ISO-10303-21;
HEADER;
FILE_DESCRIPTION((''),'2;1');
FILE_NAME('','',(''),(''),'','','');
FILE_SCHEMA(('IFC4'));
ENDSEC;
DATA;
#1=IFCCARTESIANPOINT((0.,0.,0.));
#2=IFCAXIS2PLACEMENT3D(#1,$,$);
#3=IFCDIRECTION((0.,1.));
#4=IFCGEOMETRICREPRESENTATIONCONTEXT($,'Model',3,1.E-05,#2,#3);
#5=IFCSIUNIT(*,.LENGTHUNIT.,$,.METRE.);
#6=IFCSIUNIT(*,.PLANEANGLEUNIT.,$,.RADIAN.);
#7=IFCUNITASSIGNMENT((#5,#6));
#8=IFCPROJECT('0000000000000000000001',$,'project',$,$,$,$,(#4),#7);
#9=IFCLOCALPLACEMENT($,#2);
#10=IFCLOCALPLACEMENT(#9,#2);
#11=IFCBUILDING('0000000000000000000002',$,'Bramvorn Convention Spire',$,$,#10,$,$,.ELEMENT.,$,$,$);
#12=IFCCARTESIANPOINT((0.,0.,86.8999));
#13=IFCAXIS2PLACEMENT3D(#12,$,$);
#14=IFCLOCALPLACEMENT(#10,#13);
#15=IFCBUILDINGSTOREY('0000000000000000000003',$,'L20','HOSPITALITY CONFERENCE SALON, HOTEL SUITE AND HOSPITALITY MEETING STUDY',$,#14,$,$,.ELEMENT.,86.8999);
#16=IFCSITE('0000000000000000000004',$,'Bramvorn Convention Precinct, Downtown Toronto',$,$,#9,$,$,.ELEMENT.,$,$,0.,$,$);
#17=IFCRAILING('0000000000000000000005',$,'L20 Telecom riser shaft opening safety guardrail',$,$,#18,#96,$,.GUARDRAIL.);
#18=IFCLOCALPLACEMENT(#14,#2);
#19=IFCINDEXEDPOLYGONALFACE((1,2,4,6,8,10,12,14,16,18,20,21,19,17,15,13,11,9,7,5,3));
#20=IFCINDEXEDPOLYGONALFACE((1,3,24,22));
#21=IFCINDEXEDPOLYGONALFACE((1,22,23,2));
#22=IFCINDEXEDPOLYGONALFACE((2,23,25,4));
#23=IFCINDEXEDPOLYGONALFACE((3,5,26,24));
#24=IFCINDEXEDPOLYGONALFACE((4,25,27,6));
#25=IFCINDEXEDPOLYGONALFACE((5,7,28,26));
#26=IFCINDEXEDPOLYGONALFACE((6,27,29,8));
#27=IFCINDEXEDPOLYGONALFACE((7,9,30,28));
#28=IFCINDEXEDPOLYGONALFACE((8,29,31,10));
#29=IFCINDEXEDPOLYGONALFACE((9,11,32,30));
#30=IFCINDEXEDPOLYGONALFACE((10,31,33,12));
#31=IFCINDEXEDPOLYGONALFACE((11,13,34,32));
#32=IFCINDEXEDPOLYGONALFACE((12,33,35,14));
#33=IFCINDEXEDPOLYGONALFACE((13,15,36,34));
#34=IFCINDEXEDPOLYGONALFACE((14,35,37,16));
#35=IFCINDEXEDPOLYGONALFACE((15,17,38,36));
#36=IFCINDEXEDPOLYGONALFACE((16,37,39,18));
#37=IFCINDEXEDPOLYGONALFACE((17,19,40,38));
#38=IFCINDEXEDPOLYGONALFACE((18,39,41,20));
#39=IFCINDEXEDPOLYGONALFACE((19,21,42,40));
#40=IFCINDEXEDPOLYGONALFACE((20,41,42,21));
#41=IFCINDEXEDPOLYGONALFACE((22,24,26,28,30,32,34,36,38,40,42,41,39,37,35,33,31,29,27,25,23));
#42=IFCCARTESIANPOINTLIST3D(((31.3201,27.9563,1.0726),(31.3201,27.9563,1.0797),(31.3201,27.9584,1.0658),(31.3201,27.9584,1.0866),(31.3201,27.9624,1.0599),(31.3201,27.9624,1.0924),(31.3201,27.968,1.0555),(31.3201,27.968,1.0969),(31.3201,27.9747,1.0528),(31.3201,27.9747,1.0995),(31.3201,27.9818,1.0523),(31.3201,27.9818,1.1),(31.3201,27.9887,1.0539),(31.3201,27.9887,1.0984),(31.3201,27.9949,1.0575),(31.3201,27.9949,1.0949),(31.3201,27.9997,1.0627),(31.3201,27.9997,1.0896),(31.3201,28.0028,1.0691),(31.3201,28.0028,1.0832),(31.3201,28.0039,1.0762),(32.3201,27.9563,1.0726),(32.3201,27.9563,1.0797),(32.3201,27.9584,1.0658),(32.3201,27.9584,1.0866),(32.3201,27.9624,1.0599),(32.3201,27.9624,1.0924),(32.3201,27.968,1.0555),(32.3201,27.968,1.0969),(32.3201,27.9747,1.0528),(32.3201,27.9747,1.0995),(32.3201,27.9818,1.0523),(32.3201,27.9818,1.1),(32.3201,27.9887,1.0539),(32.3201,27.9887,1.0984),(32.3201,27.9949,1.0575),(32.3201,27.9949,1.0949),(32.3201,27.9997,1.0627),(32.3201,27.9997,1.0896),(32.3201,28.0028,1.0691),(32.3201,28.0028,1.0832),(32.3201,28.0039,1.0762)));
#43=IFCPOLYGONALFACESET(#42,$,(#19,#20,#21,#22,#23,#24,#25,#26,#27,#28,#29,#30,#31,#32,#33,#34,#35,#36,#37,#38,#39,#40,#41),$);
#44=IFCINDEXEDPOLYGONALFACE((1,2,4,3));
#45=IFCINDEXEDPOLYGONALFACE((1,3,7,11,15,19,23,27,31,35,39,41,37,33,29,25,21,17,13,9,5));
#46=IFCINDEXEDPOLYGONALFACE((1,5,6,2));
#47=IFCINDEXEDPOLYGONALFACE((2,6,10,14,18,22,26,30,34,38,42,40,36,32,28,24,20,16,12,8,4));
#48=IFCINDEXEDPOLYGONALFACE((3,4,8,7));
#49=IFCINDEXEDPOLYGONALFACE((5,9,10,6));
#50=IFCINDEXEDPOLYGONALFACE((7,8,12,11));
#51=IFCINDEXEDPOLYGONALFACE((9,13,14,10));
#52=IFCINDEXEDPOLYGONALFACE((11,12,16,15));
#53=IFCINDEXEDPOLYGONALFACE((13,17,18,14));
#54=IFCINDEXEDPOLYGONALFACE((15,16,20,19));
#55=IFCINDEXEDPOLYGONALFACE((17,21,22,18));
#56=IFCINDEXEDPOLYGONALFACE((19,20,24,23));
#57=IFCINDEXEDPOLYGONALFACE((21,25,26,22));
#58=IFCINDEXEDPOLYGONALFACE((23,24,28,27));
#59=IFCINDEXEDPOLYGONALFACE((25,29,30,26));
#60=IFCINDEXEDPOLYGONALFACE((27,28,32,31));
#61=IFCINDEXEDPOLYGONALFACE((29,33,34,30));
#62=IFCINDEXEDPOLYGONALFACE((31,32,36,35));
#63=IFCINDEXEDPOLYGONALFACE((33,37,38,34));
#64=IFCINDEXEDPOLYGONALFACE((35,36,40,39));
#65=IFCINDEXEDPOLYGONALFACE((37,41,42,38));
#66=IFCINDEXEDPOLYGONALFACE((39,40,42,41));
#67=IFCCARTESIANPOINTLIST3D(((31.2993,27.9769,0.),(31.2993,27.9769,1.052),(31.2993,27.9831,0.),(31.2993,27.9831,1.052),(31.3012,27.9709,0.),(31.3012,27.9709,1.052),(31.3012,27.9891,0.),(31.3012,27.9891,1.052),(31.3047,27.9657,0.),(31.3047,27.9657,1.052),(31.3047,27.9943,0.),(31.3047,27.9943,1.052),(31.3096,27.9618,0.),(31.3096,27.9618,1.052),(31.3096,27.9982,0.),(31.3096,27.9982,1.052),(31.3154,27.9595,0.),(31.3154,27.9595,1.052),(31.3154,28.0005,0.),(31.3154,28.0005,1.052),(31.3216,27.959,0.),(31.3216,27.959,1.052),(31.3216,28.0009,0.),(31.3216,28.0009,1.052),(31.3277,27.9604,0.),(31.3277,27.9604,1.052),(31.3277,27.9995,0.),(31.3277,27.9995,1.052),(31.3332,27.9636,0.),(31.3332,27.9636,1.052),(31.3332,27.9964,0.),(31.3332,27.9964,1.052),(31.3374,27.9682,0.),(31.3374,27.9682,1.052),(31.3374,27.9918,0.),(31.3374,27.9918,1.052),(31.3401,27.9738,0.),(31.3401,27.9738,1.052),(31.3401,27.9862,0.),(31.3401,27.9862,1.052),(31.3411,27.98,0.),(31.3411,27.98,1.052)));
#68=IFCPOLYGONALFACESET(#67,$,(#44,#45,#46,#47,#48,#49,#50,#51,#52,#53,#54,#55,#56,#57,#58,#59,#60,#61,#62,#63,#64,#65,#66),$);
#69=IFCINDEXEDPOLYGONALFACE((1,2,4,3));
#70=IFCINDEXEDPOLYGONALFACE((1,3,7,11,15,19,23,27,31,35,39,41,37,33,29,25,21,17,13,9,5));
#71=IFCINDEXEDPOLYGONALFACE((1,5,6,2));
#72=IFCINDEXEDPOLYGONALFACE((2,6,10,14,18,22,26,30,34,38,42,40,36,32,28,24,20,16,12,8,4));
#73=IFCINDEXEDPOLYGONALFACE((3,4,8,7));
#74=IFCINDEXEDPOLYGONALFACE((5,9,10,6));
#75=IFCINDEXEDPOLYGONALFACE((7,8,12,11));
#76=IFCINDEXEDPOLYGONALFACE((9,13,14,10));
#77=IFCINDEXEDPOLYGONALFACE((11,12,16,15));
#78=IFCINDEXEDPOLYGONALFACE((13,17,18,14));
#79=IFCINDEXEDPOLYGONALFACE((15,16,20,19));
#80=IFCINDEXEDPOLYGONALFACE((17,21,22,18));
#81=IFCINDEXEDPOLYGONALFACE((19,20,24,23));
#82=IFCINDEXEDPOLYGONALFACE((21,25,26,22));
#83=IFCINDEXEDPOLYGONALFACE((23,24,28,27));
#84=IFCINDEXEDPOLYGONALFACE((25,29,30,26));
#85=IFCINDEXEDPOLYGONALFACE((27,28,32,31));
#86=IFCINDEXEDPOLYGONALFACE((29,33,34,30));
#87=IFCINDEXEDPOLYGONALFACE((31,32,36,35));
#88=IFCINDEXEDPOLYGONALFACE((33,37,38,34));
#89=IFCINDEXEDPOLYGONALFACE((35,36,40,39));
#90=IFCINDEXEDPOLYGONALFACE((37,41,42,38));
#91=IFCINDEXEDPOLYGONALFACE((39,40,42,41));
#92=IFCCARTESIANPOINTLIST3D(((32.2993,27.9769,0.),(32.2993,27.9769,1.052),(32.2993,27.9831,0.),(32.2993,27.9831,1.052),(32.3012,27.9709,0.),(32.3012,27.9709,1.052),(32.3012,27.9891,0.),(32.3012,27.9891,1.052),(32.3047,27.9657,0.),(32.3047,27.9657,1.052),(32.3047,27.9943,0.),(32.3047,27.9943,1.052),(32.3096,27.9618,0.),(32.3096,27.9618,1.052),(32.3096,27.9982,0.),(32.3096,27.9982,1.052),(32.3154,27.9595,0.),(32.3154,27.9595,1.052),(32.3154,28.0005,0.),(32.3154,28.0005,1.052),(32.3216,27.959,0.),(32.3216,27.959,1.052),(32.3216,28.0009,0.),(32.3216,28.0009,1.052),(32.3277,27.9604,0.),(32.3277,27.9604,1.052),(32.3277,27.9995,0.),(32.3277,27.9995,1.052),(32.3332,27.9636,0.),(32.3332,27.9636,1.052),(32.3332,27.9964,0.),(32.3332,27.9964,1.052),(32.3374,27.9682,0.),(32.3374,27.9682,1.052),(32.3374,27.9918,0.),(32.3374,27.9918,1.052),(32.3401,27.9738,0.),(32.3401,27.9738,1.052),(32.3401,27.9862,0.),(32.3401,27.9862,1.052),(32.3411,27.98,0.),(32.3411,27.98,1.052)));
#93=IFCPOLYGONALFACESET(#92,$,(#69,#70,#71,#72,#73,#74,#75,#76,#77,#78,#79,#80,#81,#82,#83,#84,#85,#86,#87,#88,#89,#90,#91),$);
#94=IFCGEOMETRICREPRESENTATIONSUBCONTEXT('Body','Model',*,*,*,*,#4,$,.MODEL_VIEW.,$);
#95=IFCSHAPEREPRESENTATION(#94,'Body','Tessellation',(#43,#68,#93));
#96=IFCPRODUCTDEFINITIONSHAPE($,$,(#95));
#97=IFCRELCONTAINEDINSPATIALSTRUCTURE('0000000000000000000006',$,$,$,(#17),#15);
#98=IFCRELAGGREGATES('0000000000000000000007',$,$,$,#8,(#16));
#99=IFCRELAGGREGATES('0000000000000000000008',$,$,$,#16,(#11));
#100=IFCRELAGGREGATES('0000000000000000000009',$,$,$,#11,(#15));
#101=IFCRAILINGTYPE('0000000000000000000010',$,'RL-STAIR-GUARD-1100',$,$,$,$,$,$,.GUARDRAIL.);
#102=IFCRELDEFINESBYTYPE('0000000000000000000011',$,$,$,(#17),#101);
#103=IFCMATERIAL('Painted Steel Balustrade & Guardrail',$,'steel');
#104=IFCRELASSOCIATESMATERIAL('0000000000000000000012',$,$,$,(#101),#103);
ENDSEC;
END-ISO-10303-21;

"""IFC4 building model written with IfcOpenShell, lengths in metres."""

from ifc_helpers import new_model, si_unit, direction, frame, origin, origin_2d, place, context, subcontext, project, spatial, circle, extrude, material, type_object, element, save


model = new_model("IFC4")

# Units and contexts
model_context = context("Model", 3, precision=1e-05, world=origin(), true_north=direction((0.0, 1.0)))
body_context = subcontext(model_context, "Body", "Model", "MODEL_VIEW")
ifc_project = project(units=[si_unit("LENGTHUNIT", "METRE"), si_unit("PLANEANGLEUNIT", "RADIAN")], contexts=[model_context])

# Site, building, storey
site_placement = place(None, origin())
site = spatial("IfcSite", under=ifc_project, at=site_placement, Name="Bramvorn Convention Precinct, Downtown Toronto", CompositionType="ELEMENT", RefElevation=0.0)
building_placement = place(site_placement, origin())
building = spatial("IfcBuilding", under=site, at=building_placement, Name="Bramvorn Convention Spire", CompositionType="ELEMENT")
storey_placement = place(building_placement, frame((0.0, 0.0, 86.8999)))
storey = spatial("IfcBuildingStorey", under=building, at=storey_placement, Name="L20", Description="HOSPITALITY CONFERENCE SALON, HOTEL SUITE AND HOSPITALITY MEETING STUDY", CompositionType="ELEMENT", Elevation=86.8999)

# Railing
ifc_material_1 = material(Name="Painted Steel Balustrade & Guardrail", Category="steel")
railing_type_1 = type_object("IfcRailingType", Name="RL-STAIR-GUARD-1100", PredefinedType="GUARDRAIL", material=ifc_material_1)
railing_1_placement = place(storey_placement, frame((31.3201, 27.98, 0.0)))
element("IfcRailing", 1, at=railing_1_placement, inside=storey, type_object=railing_type_1, Name="L20 Telecom riser shaft opening safety guardrail", PredefinedType="GUARDRAIL", context=body_context, shape_type="SweptSolid", body=[
    extrude(circle(Radius=0.0239, at=origin_2d()), frame((0.0, 0.0, 1.0762), z_axis=(1.0, 0.0, 0.0), x_axis=(0.0, 1.0, 0.0)), (0.0, 0.0, 1.0), 1.0),
    extrude(circle(Radius=0.021, at=origin_2d()), origin(), (0.0, 0.0, 1.0), 1.052),
    extrude(circle(Radius=0.021, at=origin_2d()), frame((1.0, 0.0, 0.0)), (0.0, 0.0, 1.0), 1.052),
])

save(model, "model.ifc")
